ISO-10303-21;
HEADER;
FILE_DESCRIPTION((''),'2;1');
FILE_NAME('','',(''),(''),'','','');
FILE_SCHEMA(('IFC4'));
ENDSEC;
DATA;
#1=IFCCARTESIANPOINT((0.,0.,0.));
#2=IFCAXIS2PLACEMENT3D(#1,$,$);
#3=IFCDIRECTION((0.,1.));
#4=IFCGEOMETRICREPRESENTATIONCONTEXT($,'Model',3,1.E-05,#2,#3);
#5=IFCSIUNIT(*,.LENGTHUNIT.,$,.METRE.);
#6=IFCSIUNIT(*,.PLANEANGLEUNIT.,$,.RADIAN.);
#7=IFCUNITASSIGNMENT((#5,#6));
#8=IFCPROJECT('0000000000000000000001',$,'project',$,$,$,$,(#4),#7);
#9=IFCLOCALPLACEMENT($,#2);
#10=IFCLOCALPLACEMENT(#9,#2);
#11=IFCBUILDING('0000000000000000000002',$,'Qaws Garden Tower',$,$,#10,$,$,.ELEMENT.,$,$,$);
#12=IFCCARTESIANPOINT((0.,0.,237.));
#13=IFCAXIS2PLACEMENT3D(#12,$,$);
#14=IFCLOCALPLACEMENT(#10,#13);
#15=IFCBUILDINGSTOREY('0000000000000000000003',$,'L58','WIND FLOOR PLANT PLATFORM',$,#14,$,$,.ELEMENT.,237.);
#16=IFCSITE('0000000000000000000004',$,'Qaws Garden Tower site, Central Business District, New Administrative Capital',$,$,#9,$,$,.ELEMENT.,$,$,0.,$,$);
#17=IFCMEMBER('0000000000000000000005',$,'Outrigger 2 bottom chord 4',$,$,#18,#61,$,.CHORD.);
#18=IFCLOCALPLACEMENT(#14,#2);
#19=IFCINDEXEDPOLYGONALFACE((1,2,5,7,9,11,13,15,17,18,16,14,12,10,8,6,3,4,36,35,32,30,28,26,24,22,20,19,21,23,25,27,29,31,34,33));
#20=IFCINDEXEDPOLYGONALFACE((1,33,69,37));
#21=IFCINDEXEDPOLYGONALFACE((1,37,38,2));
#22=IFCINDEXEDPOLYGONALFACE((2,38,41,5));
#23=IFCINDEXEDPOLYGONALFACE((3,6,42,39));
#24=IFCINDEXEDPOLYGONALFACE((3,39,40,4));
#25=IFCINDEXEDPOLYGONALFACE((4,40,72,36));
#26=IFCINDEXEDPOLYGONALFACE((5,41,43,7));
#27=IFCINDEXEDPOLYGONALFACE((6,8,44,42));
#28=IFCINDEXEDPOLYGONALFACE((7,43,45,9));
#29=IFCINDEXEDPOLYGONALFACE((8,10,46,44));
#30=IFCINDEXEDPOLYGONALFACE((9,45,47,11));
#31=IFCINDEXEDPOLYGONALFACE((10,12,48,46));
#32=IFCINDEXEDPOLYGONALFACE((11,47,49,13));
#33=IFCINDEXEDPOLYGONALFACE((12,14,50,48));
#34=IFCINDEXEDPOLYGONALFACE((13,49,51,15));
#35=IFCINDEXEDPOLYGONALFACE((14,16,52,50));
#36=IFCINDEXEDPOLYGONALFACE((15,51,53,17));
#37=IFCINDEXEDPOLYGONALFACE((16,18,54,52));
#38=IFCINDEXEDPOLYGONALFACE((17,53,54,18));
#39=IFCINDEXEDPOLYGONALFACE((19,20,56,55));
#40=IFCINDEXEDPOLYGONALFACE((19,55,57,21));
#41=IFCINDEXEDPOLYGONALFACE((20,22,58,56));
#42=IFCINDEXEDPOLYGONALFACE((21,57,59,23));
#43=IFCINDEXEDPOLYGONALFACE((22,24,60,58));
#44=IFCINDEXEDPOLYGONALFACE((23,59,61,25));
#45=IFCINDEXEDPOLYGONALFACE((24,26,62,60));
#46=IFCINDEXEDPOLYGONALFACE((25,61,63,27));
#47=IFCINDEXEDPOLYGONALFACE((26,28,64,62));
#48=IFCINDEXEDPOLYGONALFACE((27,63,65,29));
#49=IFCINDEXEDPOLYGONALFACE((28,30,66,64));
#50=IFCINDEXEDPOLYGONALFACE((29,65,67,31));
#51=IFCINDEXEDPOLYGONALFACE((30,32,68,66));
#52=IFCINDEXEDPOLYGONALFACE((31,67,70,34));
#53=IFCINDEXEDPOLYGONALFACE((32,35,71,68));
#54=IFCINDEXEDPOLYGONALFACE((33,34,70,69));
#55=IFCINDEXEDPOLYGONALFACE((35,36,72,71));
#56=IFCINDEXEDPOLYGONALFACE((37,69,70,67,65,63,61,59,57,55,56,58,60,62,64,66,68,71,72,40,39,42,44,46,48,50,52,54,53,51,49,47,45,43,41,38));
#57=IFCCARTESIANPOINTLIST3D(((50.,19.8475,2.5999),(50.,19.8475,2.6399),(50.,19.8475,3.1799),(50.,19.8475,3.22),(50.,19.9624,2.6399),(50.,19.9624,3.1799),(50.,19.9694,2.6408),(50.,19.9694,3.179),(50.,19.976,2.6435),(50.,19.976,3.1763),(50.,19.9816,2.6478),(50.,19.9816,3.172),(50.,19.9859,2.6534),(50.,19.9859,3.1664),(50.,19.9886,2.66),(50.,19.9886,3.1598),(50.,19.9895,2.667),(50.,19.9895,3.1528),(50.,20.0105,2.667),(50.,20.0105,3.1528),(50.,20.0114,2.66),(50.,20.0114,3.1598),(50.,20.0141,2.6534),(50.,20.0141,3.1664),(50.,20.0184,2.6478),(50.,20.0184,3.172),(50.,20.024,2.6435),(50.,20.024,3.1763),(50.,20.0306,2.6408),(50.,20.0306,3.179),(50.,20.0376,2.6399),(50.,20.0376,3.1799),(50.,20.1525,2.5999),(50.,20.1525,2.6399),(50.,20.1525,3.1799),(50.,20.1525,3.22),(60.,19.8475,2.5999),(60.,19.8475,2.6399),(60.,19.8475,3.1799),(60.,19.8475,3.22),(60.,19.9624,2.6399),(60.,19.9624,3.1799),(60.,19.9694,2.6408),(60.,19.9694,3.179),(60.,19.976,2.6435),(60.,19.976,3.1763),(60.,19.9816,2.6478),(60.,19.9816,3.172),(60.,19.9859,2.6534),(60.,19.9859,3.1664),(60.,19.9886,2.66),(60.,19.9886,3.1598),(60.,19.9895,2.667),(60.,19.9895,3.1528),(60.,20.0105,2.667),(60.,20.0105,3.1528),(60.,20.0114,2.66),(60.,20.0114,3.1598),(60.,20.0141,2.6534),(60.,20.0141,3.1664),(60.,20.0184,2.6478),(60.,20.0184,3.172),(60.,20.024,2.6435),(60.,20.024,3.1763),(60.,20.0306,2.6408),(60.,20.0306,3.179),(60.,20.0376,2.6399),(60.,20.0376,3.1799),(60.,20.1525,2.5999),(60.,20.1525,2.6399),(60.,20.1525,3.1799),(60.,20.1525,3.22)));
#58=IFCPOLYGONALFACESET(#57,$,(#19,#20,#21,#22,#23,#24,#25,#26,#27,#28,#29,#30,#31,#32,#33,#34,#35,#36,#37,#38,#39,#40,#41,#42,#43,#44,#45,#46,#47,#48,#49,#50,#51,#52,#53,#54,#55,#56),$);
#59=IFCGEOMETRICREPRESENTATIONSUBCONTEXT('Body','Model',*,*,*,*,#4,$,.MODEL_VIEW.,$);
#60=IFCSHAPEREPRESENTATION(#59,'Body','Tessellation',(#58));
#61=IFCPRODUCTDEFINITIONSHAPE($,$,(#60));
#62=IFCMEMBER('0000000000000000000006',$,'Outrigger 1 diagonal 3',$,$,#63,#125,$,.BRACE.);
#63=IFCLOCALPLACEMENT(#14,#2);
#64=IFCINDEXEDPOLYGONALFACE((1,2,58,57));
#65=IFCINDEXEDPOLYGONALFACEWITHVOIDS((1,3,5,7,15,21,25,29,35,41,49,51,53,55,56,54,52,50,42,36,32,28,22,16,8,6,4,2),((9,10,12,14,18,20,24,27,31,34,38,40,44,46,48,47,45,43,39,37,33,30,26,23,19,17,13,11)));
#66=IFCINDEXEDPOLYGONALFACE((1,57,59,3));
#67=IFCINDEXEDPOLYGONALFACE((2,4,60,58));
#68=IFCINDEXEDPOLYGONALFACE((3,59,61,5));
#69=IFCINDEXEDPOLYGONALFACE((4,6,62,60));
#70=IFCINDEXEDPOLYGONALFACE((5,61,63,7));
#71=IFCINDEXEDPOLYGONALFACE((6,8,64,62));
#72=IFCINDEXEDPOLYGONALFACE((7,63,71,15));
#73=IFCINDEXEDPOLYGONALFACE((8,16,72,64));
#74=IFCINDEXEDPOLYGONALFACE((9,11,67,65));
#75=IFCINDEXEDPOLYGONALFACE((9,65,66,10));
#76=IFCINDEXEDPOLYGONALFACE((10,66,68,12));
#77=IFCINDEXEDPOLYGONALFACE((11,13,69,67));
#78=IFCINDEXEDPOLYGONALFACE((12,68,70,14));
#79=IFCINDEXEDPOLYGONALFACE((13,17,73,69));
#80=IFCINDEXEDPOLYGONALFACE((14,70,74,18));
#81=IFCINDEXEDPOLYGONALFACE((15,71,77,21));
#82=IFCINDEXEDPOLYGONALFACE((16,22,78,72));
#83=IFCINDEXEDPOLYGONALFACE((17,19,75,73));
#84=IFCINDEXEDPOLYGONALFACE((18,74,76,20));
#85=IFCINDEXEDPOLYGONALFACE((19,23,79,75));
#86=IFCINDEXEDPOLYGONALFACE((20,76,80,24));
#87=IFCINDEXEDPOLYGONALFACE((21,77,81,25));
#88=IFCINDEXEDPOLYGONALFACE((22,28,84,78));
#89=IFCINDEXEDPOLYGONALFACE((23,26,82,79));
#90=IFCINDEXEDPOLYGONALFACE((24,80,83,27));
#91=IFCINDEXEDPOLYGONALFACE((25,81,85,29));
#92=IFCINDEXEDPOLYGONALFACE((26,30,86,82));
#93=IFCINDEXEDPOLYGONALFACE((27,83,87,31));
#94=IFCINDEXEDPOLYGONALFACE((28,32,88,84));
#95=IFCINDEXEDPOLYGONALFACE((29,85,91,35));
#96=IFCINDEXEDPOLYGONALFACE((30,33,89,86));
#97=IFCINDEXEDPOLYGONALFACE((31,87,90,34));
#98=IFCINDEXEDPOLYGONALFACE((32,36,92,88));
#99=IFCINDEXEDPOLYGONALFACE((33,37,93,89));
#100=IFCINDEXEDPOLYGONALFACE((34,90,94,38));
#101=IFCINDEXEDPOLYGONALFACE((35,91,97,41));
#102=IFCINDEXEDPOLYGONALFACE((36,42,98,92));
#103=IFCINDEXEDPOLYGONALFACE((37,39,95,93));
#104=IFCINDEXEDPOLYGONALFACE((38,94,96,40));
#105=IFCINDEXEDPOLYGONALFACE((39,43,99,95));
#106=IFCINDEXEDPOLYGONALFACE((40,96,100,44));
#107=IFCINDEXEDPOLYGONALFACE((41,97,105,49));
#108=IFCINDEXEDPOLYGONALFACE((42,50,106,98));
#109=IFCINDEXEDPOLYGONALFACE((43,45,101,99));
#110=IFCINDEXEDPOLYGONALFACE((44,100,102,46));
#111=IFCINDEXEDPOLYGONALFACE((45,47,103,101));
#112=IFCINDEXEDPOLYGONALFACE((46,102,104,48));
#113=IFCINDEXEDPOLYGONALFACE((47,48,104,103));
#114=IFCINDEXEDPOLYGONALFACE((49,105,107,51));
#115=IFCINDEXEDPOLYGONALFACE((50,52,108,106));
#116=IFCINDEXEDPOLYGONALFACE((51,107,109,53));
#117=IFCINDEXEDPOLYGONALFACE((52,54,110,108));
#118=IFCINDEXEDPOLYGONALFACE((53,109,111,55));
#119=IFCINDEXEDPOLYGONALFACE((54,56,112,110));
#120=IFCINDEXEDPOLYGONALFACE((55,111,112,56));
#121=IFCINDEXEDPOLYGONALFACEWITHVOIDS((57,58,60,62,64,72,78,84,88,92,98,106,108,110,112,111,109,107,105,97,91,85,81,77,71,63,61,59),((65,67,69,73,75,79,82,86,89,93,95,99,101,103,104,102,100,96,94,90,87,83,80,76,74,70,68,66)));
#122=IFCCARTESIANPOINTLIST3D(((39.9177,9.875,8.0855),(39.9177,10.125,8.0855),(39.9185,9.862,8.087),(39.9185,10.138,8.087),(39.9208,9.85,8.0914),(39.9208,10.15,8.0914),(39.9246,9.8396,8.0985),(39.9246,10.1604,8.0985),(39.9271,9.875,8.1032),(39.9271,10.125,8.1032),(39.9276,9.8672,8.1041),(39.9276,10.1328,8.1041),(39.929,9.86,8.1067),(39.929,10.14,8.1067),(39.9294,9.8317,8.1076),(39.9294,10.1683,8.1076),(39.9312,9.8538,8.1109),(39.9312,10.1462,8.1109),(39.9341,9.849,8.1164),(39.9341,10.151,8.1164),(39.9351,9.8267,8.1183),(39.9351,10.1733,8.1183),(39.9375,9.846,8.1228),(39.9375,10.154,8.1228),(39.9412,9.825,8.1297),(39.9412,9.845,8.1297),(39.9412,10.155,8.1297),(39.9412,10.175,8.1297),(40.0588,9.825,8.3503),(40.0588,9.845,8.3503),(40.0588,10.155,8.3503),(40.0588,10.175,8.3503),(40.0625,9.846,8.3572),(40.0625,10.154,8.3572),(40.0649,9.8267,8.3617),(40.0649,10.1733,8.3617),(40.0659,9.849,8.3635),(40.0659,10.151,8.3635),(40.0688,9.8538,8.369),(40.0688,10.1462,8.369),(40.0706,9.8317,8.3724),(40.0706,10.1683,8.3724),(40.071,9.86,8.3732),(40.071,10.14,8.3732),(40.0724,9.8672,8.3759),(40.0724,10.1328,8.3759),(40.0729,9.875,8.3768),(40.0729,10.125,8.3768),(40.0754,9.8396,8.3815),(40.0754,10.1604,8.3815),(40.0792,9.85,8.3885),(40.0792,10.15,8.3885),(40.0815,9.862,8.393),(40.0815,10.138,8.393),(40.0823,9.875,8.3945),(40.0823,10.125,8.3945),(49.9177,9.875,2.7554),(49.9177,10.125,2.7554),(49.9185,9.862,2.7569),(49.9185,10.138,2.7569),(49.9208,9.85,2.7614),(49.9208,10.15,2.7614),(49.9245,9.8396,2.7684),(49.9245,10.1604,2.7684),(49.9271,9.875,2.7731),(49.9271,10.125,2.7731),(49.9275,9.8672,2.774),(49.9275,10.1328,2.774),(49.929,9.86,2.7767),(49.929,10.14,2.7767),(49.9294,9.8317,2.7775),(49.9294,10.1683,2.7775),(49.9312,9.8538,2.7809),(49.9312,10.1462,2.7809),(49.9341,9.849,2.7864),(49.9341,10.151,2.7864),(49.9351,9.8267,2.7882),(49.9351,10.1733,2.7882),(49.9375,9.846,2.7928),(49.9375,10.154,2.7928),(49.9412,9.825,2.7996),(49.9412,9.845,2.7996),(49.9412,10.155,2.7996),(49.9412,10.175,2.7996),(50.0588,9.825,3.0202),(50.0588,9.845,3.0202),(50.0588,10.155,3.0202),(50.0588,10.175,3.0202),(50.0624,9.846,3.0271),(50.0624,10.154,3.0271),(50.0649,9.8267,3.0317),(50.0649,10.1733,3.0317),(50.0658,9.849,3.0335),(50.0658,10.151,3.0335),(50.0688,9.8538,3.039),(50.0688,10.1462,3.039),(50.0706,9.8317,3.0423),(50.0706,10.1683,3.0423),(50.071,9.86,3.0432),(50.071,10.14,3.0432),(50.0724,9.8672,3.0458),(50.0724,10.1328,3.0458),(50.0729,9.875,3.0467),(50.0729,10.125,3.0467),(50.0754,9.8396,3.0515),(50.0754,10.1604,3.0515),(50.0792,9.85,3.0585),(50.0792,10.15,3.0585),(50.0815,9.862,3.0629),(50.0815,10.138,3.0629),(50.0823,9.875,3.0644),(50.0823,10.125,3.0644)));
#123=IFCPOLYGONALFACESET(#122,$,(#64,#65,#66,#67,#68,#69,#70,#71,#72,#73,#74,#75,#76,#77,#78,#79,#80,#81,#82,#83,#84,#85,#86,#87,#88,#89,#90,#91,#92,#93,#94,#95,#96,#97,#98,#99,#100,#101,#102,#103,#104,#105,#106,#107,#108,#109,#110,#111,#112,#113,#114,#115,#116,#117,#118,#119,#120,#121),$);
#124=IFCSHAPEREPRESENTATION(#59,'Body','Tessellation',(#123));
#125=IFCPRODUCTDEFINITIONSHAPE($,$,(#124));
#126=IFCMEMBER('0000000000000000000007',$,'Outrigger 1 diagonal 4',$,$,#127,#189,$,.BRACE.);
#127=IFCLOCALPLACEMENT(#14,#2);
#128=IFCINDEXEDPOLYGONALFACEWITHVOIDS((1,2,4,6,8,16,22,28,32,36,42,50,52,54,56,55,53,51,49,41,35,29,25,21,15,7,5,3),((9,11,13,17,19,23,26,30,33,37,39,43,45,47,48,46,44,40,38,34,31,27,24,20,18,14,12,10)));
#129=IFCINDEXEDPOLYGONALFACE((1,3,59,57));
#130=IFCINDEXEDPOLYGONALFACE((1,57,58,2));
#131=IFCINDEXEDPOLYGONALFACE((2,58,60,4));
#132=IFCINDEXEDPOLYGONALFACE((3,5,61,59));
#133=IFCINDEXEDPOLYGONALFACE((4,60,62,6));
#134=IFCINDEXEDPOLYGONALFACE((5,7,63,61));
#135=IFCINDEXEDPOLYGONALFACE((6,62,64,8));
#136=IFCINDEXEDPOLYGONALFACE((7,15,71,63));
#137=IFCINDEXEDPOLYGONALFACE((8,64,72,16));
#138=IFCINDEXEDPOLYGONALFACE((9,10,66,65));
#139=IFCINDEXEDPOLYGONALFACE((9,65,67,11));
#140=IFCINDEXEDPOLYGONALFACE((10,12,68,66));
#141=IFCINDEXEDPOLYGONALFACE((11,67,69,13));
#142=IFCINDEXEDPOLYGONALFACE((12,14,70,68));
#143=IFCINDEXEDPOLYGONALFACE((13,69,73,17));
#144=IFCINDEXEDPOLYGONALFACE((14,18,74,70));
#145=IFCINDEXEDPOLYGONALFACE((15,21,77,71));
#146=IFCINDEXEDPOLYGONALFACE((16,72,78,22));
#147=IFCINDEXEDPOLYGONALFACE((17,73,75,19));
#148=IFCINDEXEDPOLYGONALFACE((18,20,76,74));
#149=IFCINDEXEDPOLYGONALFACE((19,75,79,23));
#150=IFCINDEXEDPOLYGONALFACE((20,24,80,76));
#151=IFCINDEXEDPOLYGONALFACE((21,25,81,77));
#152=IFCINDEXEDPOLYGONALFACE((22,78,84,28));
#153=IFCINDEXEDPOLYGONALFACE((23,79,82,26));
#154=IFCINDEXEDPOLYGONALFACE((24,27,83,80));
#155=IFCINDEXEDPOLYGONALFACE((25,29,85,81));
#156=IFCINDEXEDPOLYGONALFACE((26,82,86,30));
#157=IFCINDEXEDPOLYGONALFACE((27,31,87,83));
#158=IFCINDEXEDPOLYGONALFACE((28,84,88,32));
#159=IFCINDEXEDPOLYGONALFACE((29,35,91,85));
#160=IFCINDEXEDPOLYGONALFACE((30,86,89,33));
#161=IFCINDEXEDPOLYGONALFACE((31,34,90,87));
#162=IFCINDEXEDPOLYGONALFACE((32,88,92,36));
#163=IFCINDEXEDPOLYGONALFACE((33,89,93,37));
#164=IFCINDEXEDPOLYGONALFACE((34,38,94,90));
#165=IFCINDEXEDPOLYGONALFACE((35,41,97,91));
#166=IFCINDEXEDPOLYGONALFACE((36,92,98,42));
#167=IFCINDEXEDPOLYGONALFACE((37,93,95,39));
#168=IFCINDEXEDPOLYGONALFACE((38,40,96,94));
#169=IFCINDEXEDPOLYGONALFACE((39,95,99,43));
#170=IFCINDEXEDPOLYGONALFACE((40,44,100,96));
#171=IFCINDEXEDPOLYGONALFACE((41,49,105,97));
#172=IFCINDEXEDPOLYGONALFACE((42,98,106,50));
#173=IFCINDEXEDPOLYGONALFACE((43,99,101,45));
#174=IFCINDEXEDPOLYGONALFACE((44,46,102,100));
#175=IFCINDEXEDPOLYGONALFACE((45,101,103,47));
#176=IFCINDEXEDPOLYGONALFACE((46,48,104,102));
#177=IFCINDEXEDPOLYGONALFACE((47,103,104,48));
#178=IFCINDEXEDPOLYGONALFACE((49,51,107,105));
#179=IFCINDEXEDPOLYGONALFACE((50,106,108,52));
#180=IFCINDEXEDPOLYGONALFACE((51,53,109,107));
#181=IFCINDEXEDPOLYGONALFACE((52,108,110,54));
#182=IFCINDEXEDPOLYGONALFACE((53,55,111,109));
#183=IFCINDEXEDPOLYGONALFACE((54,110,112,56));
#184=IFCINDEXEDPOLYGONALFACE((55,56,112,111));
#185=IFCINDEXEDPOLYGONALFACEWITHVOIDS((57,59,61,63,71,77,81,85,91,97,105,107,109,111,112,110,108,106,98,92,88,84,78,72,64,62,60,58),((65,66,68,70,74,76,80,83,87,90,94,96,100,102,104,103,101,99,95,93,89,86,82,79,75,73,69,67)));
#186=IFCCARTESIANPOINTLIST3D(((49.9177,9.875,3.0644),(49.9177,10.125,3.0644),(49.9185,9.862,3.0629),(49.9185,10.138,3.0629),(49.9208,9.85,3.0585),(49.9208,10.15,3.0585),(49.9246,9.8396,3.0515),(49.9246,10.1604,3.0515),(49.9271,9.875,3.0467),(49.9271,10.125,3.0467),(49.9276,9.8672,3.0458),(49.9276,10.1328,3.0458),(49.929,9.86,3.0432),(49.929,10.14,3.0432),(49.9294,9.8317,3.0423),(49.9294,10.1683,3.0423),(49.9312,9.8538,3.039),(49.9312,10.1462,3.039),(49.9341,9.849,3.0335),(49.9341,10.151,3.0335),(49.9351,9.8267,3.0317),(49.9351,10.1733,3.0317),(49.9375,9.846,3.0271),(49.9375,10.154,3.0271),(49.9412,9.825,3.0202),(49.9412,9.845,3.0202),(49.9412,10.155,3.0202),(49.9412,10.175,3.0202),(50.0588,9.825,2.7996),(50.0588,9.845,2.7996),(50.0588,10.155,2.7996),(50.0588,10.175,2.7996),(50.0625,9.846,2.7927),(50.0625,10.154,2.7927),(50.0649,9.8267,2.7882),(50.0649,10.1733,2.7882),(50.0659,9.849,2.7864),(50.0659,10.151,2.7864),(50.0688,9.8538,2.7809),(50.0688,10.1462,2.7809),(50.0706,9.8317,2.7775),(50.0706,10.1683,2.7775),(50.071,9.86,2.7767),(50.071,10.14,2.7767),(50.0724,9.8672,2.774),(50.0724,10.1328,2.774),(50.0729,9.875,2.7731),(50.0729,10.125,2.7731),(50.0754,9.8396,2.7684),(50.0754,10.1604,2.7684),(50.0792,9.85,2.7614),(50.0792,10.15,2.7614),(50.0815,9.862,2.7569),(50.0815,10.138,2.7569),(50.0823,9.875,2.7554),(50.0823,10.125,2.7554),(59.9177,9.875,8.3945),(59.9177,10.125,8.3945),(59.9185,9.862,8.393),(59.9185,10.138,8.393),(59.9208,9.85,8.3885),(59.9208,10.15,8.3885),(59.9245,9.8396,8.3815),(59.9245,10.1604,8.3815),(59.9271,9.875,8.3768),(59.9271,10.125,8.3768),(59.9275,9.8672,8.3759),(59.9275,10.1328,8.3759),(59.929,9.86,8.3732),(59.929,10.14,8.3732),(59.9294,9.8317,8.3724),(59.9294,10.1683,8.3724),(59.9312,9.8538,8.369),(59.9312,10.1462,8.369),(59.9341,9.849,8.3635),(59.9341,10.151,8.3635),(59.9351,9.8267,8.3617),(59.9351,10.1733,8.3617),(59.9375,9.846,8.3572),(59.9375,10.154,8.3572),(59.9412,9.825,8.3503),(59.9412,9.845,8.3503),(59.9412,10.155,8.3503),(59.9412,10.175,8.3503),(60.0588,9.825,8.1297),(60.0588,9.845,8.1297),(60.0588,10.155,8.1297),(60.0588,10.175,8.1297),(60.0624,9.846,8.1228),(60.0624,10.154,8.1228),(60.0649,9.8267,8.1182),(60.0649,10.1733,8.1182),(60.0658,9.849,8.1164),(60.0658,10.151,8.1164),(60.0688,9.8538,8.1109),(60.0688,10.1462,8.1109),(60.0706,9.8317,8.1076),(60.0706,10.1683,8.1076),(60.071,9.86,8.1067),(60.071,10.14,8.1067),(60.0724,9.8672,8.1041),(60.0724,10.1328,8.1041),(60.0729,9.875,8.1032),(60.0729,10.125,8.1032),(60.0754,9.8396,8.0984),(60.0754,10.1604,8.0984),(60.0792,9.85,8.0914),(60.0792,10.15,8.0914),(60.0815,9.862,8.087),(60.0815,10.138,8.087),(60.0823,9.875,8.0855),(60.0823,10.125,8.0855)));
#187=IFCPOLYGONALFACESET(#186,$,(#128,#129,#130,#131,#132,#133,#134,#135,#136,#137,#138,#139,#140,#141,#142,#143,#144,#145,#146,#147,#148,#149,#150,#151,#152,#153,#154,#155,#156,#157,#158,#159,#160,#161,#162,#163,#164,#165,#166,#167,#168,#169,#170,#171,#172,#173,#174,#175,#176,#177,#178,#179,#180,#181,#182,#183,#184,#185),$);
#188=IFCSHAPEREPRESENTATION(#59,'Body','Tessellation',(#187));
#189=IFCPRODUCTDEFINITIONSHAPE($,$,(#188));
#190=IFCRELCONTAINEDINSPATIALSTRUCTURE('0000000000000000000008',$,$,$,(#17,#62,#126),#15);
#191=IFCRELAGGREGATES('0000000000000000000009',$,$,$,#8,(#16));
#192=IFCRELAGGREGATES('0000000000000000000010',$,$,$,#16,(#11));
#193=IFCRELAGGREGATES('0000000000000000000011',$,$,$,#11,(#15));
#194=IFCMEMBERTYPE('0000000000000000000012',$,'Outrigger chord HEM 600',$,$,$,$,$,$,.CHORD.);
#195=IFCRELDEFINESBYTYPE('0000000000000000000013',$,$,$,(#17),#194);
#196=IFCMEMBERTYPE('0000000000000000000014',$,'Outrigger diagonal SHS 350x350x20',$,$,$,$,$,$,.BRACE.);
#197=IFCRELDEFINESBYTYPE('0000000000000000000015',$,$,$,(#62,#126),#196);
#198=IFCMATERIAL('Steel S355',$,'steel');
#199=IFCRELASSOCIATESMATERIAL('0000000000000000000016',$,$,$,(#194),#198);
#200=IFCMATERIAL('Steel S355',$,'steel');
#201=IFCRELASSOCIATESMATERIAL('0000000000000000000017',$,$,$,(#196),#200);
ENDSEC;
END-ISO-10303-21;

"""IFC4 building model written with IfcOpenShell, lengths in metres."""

from ifc_helpers import new_model, si_unit, direction, frame, origin, origin_2d, place, context, subcontext, project, spatial, hollow_rectangle, i_section, extrude, material, material_profile, profile_set, type_object, element, save


model = new_model("IFC4")

# Units and contexts
model_context = context("Model", 3, precision=1e-05, world=origin(), true_north=direction((0.0, 1.0)))
body_context = subcontext(model_context, "Body", "Model", "MODEL_VIEW")
ifc_project = project(units=[si_unit("LENGTHUNIT", "METRE"), si_unit("PLANEANGLEUNIT", "RADIAN")], contexts=[model_context])

# Site, building, storey
site_placement = place(None, origin())
site = spatial("IfcSite", under=ifc_project, at=site_placement, Name="Qaws Garden Tower site, Central Business District, New Administrative Capital", CompositionType="ELEMENT", RefElevation=0.0)
building_placement = place(site_placement, origin())
building = spatial("IfcBuilding", under=site, at=building_placement, Name="Qaws Garden Tower", CompositionType="ELEMENT")
storey_placement = place(building_placement, frame((0.0, 0.0, 237.0)))
storey = spatial("IfcBuildingStorey", under=building, at=storey_placement, Name="L58", Description="WIND FLOOR PLANT PLATFORM", CompositionType="ELEMENT", Elevation=237.0)

# Members
ifc_material_1 = material(Name="Steel S355", Category="steel")
ifc_material_profile_1 = material_profile(ifc_material_1, i_section(OverallWidth=0.3049, OverallDepth=0.6201, WebThickness=0.021, FlangeThickness=0.04, FilletRadius=0.0271, at=origin_2d()), Name="HEM 600")
ifc_profile_set_1 = profile_set([ifc_material_profile_1], Name="Steel S355")
member_type_1 = type_object("IfcMemberType", Name="Outrigger chord HEM 600", PredefinedType="CHORD", material=ifc_profile_set_1)
for number, where, z_axis, x_axis, name in (
    (1, (50.0, 20.0, 2.9099), (1.0, 0.0, 0.0), (0.0, 1.0, 0.0), "Outrigger 2 bottom chord 4"),
):
    element("IfcMember", number, at=place(storey_placement, frame(where, z_axis=z_axis, x_axis=x_axis)), inside=storey, type_object=member_type_1, Name=name, PredefinedType="CHORD", context=body_context, shape_type="SweptSolid", body=[
        extrude(i_section(OverallWidth=0.3049, OverallDepth=0.6201, WebThickness=0.021, FlangeThickness=0.04, FilletRadius=0.0271, at=origin_2d()), origin(), (0.0, 0.0, 1.0), 10.0),
    ])
ifc_material_2 = material(Name="Steel S355", Category="steel")
ifc_material_profile_2 = material_profile(ifc_material_2, hollow_rectangle(XDim=0.3501, YDim=0.3501, WallThickness=0.02, InnerFilletRadius=0.03, OuterFilletRadius=0.05, at=origin_2d()), Name="SHS 350x350x20")
ifc_profile_set_2 = profile_set([ifc_material_profile_2], Name="Steel S355")
member_type_2 = type_object("IfcMemberType", Name="Outrigger diagonal SHS 350x350x20", PredefinedType="BRACE", material=ifc_profile_set_2)
for number, where, z_axis, x_axis, name in (
    (2, (40.0, 10.0, 8.24), (0.882472, 0.0, -0.470365), (0.0, 1.0, 0.0), "Outrigger 1 diagonal 3"),
    (3, (50.0, 10.0, 2.9099), (0.882472, 0.0, 0.470365), (0.0, 1.0, 0.0), "Outrigger 1 diagonal 4"),
):
    element("IfcMember", number, at=place(storey_placement, frame(where, z_axis=z_axis, x_axis=x_axis)), inside=storey, type_object=member_type_2, Name=name, PredefinedType="BRACE", context=body_context, shape_type="SweptSolid", body=[
        extrude(hollow_rectangle(XDim=0.3501, YDim=0.3501, WallThickness=0.02, InnerFilletRadius=0.03, OuterFilletRadius=0.05, at=origin_2d()), origin(), (0.0, 0.0, 1.0), 11.3318),
    ])

save(model, "model.ifc")
